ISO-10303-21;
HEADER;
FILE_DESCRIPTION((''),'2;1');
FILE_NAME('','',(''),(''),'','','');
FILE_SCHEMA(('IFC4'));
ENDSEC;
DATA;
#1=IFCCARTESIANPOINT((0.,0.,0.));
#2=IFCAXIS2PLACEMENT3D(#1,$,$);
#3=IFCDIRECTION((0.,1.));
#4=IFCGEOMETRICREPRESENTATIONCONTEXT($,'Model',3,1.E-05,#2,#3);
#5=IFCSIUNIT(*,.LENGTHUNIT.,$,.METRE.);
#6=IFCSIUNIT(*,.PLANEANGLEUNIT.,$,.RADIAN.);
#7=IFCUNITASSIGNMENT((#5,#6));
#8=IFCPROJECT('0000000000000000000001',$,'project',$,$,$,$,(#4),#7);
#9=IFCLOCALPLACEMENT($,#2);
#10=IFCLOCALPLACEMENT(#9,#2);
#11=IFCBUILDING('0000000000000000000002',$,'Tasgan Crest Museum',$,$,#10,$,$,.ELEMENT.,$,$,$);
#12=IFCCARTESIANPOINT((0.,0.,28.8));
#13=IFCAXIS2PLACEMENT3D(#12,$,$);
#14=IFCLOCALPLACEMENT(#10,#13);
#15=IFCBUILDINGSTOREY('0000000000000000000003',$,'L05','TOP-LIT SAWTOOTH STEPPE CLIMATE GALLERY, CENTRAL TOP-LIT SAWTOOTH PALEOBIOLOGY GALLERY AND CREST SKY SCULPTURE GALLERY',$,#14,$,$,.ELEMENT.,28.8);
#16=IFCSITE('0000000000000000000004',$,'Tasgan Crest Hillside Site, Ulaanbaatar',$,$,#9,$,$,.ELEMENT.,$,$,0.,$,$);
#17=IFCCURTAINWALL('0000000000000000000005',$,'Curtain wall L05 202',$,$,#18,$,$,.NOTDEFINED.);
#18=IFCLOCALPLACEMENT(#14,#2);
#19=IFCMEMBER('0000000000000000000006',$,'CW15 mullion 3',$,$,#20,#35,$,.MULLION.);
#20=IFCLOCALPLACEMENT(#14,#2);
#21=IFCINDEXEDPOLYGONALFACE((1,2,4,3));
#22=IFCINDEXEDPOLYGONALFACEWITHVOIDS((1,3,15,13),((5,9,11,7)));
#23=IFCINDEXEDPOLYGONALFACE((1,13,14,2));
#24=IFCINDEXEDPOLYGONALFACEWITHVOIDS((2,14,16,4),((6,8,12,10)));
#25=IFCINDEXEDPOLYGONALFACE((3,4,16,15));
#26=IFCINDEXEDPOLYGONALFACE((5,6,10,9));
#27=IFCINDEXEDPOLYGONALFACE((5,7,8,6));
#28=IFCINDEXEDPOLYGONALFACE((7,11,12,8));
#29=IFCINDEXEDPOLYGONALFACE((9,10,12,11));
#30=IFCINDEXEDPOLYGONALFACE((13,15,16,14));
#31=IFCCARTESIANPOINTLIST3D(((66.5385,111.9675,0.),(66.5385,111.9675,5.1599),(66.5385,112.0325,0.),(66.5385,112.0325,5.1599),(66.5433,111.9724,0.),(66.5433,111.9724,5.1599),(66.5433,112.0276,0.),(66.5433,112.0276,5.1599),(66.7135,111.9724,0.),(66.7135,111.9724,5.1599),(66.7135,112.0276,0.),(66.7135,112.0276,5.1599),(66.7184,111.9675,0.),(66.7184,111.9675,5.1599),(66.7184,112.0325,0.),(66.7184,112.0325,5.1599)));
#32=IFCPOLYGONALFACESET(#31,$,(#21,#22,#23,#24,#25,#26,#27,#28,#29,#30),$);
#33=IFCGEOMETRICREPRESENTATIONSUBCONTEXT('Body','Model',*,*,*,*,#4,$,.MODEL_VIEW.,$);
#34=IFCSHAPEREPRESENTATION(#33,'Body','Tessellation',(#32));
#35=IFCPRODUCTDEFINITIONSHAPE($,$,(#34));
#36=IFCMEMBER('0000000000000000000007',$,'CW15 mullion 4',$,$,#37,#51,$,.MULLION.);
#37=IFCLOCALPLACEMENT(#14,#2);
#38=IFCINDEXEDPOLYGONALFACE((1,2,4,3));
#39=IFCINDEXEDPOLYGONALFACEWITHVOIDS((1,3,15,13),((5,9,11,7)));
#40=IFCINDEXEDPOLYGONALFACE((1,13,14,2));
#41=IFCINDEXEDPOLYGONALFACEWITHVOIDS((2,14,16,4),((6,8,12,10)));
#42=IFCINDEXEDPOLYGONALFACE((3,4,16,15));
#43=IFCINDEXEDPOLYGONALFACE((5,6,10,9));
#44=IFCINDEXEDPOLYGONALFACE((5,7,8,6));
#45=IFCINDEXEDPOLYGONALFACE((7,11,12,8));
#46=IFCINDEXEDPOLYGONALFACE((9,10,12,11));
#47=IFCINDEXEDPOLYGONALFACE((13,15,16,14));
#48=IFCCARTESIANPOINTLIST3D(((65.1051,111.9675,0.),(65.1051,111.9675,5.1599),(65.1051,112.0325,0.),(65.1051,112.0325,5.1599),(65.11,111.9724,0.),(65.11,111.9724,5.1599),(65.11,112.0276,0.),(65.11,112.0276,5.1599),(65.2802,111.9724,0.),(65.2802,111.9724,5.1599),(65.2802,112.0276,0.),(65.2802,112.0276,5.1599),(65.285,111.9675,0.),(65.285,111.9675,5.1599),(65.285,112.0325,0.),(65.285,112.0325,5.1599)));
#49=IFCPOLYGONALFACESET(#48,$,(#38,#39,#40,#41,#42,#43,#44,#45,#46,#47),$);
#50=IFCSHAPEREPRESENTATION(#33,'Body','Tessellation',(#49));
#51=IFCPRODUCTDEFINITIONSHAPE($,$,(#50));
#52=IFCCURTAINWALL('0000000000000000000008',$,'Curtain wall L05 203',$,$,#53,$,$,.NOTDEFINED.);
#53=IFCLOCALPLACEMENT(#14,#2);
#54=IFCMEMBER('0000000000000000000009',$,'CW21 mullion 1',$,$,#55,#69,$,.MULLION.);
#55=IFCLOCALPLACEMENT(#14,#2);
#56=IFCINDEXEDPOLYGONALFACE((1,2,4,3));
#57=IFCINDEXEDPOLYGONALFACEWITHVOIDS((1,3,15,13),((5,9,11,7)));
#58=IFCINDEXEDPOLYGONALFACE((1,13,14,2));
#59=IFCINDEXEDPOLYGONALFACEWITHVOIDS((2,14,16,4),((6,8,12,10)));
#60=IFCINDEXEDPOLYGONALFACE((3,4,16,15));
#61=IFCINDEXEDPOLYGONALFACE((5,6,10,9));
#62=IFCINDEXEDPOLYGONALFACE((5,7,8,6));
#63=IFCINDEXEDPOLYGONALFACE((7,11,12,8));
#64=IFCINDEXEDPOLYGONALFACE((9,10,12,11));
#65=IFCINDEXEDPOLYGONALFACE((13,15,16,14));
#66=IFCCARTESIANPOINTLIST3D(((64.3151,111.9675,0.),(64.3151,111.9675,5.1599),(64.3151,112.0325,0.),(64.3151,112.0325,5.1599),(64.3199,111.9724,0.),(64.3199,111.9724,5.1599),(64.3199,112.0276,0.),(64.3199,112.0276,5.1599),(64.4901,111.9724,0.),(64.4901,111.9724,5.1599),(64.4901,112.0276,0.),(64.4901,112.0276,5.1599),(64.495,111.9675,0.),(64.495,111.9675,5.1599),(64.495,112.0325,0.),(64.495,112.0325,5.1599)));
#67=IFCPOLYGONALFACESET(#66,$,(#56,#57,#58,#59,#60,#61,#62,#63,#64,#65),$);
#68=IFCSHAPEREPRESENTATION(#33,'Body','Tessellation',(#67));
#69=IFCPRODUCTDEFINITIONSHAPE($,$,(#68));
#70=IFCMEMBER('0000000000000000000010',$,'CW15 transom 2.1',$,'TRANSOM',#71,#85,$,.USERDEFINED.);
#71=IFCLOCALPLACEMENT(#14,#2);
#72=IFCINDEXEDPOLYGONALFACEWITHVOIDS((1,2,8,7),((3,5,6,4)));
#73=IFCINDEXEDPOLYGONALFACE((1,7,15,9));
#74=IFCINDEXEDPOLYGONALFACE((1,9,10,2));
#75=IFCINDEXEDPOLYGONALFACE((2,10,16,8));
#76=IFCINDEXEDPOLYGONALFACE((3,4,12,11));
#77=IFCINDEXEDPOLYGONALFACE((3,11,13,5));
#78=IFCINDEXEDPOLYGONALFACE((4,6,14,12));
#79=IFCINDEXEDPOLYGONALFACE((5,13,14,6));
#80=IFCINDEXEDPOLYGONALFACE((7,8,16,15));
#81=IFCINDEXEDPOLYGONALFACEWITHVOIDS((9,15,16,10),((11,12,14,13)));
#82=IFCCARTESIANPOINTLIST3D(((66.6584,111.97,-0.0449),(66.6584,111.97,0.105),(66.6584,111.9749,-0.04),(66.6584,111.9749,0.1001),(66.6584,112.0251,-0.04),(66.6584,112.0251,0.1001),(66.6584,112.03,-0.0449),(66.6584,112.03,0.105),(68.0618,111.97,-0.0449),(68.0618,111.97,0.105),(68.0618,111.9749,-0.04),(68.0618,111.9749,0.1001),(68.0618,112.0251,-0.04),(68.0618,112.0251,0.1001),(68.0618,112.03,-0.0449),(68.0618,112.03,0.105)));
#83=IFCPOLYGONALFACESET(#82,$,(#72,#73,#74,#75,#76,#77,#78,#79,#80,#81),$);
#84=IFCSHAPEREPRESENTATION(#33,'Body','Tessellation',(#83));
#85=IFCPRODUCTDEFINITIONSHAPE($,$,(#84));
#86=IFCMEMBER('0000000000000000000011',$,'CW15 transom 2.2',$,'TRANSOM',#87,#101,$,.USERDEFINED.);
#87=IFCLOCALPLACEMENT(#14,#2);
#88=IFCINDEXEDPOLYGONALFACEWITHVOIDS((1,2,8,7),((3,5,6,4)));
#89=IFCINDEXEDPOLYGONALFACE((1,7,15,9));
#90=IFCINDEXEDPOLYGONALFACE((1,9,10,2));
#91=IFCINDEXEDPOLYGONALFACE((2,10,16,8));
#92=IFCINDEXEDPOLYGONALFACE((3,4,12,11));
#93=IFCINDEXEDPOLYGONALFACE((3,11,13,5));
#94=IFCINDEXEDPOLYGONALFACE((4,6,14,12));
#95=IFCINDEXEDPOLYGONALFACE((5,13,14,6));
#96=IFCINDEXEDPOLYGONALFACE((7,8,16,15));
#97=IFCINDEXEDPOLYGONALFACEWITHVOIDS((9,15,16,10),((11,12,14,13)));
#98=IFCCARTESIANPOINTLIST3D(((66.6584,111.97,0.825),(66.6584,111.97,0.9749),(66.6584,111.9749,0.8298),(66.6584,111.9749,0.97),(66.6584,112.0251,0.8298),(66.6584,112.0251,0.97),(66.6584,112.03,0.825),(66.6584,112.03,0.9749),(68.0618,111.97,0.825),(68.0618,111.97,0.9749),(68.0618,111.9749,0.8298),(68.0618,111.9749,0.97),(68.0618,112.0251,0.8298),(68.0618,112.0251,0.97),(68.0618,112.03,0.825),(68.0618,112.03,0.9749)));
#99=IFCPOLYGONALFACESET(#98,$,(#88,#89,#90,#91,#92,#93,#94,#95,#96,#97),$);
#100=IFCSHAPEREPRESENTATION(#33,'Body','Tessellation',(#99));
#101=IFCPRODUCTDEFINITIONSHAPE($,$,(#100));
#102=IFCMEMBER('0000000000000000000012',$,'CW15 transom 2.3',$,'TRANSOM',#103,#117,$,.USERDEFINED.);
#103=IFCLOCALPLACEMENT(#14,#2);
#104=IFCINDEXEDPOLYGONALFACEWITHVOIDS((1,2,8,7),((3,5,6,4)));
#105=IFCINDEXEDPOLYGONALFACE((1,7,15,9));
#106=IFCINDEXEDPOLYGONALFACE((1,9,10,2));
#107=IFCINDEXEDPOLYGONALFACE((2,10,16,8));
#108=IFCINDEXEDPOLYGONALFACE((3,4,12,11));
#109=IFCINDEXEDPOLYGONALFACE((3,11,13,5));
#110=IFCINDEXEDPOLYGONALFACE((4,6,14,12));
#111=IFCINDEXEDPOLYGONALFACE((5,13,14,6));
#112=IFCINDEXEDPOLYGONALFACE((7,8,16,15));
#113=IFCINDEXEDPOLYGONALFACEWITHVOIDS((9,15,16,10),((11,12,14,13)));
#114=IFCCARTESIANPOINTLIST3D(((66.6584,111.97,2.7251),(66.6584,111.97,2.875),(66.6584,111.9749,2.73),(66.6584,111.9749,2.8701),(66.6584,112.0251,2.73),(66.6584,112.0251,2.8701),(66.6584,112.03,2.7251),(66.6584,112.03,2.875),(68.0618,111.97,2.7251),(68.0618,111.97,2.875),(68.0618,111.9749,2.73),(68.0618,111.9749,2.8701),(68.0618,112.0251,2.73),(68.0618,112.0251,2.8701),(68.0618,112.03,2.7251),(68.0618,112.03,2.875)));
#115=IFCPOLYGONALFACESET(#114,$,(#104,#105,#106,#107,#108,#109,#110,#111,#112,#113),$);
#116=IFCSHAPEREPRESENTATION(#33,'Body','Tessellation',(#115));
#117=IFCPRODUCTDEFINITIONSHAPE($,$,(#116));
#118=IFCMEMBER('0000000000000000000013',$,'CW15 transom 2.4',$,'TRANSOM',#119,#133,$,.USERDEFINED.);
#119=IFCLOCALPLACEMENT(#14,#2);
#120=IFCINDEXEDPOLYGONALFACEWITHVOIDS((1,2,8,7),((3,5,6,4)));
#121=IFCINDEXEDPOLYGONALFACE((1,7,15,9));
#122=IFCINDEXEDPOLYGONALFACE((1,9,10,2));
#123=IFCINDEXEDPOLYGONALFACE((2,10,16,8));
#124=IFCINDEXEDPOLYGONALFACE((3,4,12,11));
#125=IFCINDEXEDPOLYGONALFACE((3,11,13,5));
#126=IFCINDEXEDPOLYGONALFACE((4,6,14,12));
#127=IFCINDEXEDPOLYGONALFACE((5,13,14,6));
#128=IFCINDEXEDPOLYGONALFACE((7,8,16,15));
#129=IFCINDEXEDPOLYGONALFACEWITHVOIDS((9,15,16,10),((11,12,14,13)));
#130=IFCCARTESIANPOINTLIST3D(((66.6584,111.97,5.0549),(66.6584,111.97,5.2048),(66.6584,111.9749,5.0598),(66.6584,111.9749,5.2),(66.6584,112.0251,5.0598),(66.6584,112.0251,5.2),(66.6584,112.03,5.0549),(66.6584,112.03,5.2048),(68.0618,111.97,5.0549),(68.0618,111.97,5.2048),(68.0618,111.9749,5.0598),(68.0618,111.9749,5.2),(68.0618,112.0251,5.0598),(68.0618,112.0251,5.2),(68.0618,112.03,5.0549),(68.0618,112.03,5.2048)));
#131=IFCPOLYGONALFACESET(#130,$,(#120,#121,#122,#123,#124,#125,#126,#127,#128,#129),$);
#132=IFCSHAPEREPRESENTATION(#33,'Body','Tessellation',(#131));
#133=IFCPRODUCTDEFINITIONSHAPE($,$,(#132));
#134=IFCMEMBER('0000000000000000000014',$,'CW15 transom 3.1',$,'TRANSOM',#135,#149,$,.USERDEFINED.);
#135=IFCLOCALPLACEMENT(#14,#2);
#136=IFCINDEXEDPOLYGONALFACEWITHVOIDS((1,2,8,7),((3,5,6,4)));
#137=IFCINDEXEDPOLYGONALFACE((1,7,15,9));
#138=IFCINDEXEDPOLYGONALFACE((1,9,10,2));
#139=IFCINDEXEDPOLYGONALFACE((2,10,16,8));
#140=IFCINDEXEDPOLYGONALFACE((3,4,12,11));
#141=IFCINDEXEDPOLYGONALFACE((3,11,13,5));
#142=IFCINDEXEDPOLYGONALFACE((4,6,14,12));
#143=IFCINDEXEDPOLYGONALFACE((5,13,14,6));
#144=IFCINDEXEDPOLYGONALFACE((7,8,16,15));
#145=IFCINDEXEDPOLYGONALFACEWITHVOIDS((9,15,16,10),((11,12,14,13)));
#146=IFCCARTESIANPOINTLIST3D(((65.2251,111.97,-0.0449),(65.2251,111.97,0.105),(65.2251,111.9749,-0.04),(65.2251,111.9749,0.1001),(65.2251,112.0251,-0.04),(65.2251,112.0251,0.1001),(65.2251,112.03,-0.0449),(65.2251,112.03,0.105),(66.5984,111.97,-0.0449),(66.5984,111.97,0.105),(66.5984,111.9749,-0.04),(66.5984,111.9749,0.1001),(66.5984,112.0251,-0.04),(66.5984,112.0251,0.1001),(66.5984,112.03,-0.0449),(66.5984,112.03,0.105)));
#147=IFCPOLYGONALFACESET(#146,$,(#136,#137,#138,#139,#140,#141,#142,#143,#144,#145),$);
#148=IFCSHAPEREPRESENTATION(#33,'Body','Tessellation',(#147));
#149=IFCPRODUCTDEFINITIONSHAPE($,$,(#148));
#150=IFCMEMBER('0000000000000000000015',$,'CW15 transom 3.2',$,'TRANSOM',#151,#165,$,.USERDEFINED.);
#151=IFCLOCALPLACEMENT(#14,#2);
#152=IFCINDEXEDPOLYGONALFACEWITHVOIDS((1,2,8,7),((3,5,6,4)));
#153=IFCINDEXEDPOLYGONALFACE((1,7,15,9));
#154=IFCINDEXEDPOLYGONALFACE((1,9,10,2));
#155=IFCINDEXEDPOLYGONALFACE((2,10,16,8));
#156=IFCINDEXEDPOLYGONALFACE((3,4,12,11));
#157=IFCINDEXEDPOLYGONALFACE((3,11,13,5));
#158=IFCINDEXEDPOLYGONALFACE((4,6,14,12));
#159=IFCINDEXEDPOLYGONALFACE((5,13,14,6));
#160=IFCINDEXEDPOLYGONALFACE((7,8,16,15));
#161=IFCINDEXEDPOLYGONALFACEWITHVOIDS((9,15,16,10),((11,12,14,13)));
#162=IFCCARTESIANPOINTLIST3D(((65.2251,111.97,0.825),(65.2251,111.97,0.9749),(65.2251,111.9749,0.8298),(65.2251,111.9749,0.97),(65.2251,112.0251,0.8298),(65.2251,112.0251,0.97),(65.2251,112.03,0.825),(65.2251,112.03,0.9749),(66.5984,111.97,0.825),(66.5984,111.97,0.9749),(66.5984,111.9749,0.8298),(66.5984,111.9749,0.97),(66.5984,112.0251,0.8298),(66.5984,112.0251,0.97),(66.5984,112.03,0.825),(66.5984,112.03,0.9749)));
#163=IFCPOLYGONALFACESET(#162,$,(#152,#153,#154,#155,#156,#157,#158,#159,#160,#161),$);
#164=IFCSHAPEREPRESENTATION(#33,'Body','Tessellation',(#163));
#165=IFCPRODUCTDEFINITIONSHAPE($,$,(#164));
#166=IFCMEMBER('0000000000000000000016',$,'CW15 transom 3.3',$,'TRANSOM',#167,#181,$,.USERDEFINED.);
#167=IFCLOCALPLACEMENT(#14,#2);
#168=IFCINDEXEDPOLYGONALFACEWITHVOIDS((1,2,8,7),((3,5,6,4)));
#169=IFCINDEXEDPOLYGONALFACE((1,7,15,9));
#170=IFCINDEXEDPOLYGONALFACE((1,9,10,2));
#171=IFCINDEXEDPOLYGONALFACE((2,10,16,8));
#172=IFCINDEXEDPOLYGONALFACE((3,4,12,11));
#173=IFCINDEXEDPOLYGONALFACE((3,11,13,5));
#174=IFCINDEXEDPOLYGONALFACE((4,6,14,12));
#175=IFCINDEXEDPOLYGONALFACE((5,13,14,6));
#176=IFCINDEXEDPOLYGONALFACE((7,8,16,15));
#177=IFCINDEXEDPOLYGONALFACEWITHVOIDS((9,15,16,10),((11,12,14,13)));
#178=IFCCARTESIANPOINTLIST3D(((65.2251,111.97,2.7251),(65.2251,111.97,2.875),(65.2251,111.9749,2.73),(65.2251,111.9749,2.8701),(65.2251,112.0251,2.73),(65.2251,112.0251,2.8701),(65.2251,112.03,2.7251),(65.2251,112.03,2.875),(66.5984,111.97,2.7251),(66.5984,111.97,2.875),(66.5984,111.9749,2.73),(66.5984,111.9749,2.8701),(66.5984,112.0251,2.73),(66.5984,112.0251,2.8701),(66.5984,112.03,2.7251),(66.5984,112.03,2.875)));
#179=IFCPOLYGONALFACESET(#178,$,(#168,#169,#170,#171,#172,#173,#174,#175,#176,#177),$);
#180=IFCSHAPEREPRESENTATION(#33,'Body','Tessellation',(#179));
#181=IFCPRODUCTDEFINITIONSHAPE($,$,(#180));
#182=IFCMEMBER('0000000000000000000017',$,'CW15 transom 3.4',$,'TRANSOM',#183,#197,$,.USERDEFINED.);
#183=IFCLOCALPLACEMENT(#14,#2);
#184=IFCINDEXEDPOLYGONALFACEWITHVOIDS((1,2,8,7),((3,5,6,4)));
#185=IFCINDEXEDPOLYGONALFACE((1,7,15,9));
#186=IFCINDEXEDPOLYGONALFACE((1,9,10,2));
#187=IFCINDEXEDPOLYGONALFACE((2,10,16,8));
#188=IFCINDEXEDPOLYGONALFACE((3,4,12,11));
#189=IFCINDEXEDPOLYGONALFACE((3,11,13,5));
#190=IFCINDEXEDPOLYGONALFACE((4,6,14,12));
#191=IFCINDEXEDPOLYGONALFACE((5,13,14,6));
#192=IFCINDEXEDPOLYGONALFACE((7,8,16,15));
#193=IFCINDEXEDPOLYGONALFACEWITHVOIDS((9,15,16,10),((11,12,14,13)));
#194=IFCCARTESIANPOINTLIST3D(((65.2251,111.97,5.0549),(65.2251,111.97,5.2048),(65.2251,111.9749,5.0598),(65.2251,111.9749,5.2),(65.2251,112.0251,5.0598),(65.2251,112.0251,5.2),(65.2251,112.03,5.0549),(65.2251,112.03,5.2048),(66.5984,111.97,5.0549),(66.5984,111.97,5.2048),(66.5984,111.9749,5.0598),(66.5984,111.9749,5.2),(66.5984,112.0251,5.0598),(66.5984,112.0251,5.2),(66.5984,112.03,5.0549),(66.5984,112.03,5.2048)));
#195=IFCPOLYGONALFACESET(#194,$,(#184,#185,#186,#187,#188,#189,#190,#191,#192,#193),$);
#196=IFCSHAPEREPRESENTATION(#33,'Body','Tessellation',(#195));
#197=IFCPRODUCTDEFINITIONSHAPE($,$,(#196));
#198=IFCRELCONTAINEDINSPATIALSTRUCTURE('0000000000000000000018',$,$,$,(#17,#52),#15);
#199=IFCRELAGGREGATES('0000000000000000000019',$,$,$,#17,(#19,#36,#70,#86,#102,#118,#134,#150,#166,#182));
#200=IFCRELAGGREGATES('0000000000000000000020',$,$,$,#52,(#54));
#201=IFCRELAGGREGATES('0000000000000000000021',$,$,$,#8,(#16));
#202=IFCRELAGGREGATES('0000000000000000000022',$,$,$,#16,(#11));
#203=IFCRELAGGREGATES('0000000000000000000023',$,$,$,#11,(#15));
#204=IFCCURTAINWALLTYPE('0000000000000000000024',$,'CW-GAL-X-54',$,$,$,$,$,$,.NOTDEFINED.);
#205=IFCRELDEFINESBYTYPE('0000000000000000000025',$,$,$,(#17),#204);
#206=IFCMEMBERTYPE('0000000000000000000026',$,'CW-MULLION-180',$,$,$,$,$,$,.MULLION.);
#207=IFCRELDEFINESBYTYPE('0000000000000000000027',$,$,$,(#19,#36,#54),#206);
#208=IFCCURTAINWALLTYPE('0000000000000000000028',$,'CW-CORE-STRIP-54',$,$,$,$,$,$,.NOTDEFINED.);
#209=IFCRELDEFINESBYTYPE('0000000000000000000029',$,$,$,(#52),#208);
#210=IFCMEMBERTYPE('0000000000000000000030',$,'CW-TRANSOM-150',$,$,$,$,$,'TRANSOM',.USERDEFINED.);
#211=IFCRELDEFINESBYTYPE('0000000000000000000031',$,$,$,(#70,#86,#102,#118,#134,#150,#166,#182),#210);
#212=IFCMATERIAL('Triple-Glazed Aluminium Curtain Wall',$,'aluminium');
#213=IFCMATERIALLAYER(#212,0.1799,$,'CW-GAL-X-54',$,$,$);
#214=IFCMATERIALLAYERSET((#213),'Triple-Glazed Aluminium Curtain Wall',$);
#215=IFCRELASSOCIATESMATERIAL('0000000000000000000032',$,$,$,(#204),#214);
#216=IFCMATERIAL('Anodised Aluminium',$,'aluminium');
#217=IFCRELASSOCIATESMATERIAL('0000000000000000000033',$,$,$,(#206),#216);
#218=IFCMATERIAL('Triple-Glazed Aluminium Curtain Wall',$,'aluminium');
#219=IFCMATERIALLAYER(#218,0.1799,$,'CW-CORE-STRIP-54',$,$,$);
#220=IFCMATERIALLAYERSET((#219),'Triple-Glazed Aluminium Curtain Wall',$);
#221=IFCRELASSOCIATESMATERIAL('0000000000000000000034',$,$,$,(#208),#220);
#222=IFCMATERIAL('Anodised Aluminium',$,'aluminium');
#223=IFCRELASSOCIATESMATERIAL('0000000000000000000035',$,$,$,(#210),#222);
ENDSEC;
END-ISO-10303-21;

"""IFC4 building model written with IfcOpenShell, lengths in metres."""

from ifc_helpers import new_model, si_unit, direction, frame, origin, origin_2d, place, context, subcontext, project, spatial, hollow_rectangle, extrude, material, layer, layer_set, material_profile, profile_set, type_object, element, aggregate, save


model = new_model("IFC4")

# Units and contexts
model_context = context("Model", 3, precision=1e-05, world=origin(), true_north=direction((0.0, 1.0)))
body_context = subcontext(model_context, "Body", "Model", "MODEL_VIEW")
ifc_project = project(units=[si_unit("LENGTHUNIT", "METRE"), si_unit("PLANEANGLEUNIT", "RADIAN")], contexts=[model_context])

# Site, building, storey
site_placement = place(None, origin())
site = spatial("IfcSite", under=ifc_project, at=site_placement, Name="Tasgan Crest Hillside Site, Ulaanbaatar", CompositionType="ELEMENT", RefElevation=0.0)
building_placement = place(site_placement, origin())
building = spatial("IfcBuilding", under=site, at=building_placement, Name="Tasgan Crest Museum", CompositionType="ELEMENT")
storey_placement = place(building_placement, frame((0.0, 0.0, 28.8)))
storey = spatial("IfcBuildingStorey", under=building, at=storey_placement, Name="L05", Description="TOP-LIT SAWTOOTH STEPPE CLIMATE GALLERY, CENTRAL TOP-LIT SAWTOOTH PALEOBIOLOGY GALLERY AND CREST SKY SCULPTURE GALLERY", CompositionType="ELEMENT", Elevation=28.8)

# Curtain wall, members
ifc_material_1 = material(Name="Triple-Glazed Aluminium Curtain Wall", Category="aluminium")
ifc_layer_1 = layer(ifc_material_1, 0.1799, Name="CW-GAL-X-54")
ifc_layer_set_1 = layer_set([ifc_layer_1], Name="Triple-Glazed Aluminium Curtain Wall")
curtain_wall_type_1 = type_object("IfcCurtainWallType", Name="CW-GAL-X-54", PredefinedType="NOTDEFINED", material=ifc_layer_set_1)
curtain_wall_1_placement = place(storey_placement, origin())
curtain_wall_1 = element("IfcCurtainWall", 1, at=curtain_wall_1_placement, inside=storey, type_object=curtain_wall_type_1, Name="Curtain wall L05 202", PredefinedType="NOTDEFINED")
ifc_material_2 = material(Name="Anodised Aluminium", Category="aluminium")
ifc_material_profile_1 = material_profile(ifc_material_2, hollow_rectangle(XDim=0.0649, YDim=0.1799, WallThickness=0.0049, at=origin_2d()), Name="ALU MULLION 180x65x5")
ifc_profile_set_1 = profile_set([ifc_material_profile_1], Name="Anodised Aluminium")
member_type_1 = type_object("IfcMemberType", Name="CW-MULLION-180", PredefinedType="MULLION", material=ifc_profile_set_1)
member_1_placement = place(storey_placement, frame((66.6284, 112.0, 0.0), z_axis=(0.0, 0.0, 1.0), x_axis=(0.0, -1.0, 0.0)))
member_1 = element("IfcMember", 2, at=member_1_placement, type_object=member_type_1, Name="CW15 mullion 3", PredefinedType="MULLION", context=body_context, shape_type="SweptSolid", body=[
    extrude(hollow_rectangle(XDim=0.0649, YDim=0.1799, WallThickness=0.0049, at=origin_2d()), origin(), (0.0, 0.0, 1.0), 5.1599),
])
member_2_placement = place(storey_placement, frame((65.1951, 112.0, 0.0), z_axis=(0.0, 0.0, 1.0), x_axis=(0.0, -1.0, 0.0)))
member_2 = element("IfcMember", 3, at=member_2_placement, type_object=member_type_1, Name="CW15 mullion 4", PredefinedType="MULLION", context=body_context, shape_type="SweptSolid", body=[
    extrude(hollow_rectangle(XDim=0.0649, YDim=0.1799, WallThickness=0.0049, at=origin_2d()), origin(), (0.0, 0.0, 1.0), 5.1599),
])

# Curtain wall, member
ifc_material_3 = material(Name="Triple-Glazed Aluminium Curtain Wall", Category="aluminium")
ifc_layer_2 = layer(ifc_material_3, 0.1799, Name="CW-CORE-STRIP-54")
ifc_layer_set_2 = layer_set([ifc_layer_2], Name="Triple-Glazed Aluminium Curtain Wall")
curtain_wall_type_2 = type_object("IfcCurtainWallType", Name="CW-CORE-STRIP-54", PredefinedType="NOTDEFINED", material=ifc_layer_set_2)
curtain_wall_2_placement = place(storey_placement, origin())
curtain_wall_2 = element("IfcCurtainWall", 4, at=curtain_wall_2_placement, inside=storey, type_object=curtain_wall_type_2, Name="Curtain wall L05 203", PredefinedType="NOTDEFINED")
member_3_placement = place(storey_placement, frame((64.405, 112.0, 0.0), z_axis=(0.0, 0.0, 1.0), x_axis=(0.0, -1.0, 0.0)))
member_3 = element("IfcMember", 5, at=member_3_placement, type_object=member_type_1, Name="CW21 mullion 1", PredefinedType="MULLION", context=body_context, shape_type="SweptSolid", body=[
    extrude(hollow_rectangle(XDim=0.0649, YDim=0.1799, WallThickness=0.0049, at=origin_2d()), origin(), (0.0, 0.0, 1.0), 5.1599),
])

# Members
ifc_material_4 = material(Name="Anodised Aluminium", Category="aluminium")
ifc_material_profile_2 = material_profile(ifc_material_4, hollow_rectangle(XDim=0.0601, YDim=0.1499, WallThickness=0.0049, at=origin_2d()), Name="ALU TRANSOM 150x60x5")
ifc_profile_set_2 = profile_set([ifc_material_profile_2], Name="Anodised Aluminium")
member_type_2 = type_object("IfcMemberType", Name="CW-TRANSOM-150", ElementType="TRANSOM", PredefinedType="USERDEFINED", material=ifc_profile_set_2)
member_4_placement = place(storey_placement, frame((68.0618, 112.0, 0.03), z_axis=(-1.0, 0.0, 0.0), x_axis=(0.0, -1.0, 0.0)))
member_4 = element("IfcMember", 6, at=member_4_placement, type_object=member_type_2, Name="CW15 transom 2.1", ObjectType="TRANSOM", PredefinedType="USERDEFINED", context=body_context, shape_type="SweptSolid", body=[
    extrude(hollow_rectangle(XDim=0.0601, YDim=0.1499, WallThickness=0.0049, at=origin_2d()), origin(), (0.0, 0.0, 1.0), 1.4033),
])
member_5_placement = place(storey_placement, frame((68.0618, 112.0, 0.8999), z_axis=(-1.0, 0.0, 0.0), x_axis=(0.0, -1.0, 0.0)))
member_5 = element("IfcMember", 7, at=member_5_placement, type_object=member_type_2, Name="CW15 transom 2.2", ObjectType="TRANSOM", PredefinedType="USERDEFINED", context=body_context, shape_type="SweptSolid", body=[
    extrude(hollow_rectangle(XDim=0.0601, YDim=0.1499, WallThickness=0.0049, at=origin_2d()), origin(), (0.0, 0.0, 1.0), 1.4033),
])
member_6_placement = place(storey_placement, frame((68.0618, 112.0, 2.8), z_axis=(-1.0, 0.0, 0.0), x_axis=(0.0, -1.0, 0.0)))
member_6 = element("IfcMember", 8, at=member_6_placement, type_object=member_type_2, Name="CW15 transom 2.3", ObjectType="TRANSOM", PredefinedType="USERDEFINED", context=body_context, shape_type="SweptSolid", body=[
    extrude(hollow_rectangle(XDim=0.0601, YDim=0.1499, WallThickness=0.0049, at=origin_2d()), origin(), (0.0, 0.0, 1.0), 1.4033),
])
member_7_placement = place(storey_placement, frame((68.0618, 112.0, 5.1299), z_axis=(-1.0, 0.0, 0.0), x_axis=(0.0, -1.0, 0.0)))
member_7 = element("IfcMember", 9, at=member_7_placement, type_object=member_type_2, Name="CW15 transom 2.4", ObjectType="TRANSOM", PredefinedType="USERDEFINED", context=body_context, shape_type="SweptSolid", body=[
    extrude(hollow_rectangle(XDim=0.0601, YDim=0.1499, WallThickness=0.0049, at=origin_2d()), origin(), (0.0, 0.0, 1.0), 1.4033),
])
member_8_placement = place(storey_placement, frame((66.5984, 112.0, 0.03), z_axis=(-1.0, 0.0, 0.0), x_axis=(0.0, -1.0, 0.0)))
member_8 = element("IfcMember", 10, at=member_8_placement, type_object=member_type_2, Name="CW15 transom 3.1", ObjectType="TRANSOM", PredefinedType="USERDEFINED", context=body_context, shape_type="SweptSolid", body=[
    extrude(hollow_rectangle(XDim=0.0601, YDim=0.1499, WallThickness=0.0049, at=origin_2d()), origin(), (0.0, 0.0, 1.0), 1.3733),
])
member_9_placement = place(storey_placement, frame((66.5984, 112.0, 0.8999), z_axis=(-1.0, 0.0, 0.0), x_axis=(0.0, -1.0, 0.0)))
member_9 = element("IfcMember", 11, at=member_9_placement, type_object=member_type_2, Name="CW15 transom 3.2", ObjectType="TRANSOM", PredefinedType="USERDEFINED", context=body_context, shape_type="SweptSolid", body=[
    extrude(hollow_rectangle(XDim=0.0601, YDim=0.1499, WallThickness=0.0049, at=origin_2d()), origin(), (0.0, 0.0, 1.0), 1.3733),
])
member_10_placement = place(storey_placement, frame((66.5984, 112.0, 2.8), z_axis=(-1.0, 0.0, 0.0), x_axis=(0.0, -1.0, 0.0)))
member_10 = element("IfcMember", 12, at=member_10_placement, type_object=member_type_2, Name="CW15 transom 3.3", ObjectType="TRANSOM", PredefinedType="USERDEFINED", context=body_context, shape_type="SweptSolid", body=[
    extrude(hollow_rectangle(XDim=0.0601, YDim=0.1499, WallThickness=0.0049, at=origin_2d()), origin(), (0.0, 0.0, 1.0), 1.3733),
])
member_11_placement = place(storey_placement, frame((66.5984, 112.0, 5.1299), z_axis=(-1.0, 0.0, 0.0), x_axis=(0.0, -1.0, 0.0)))
member_11 = element("IfcMember", 13, at=member_11_placement, type_object=member_type_2, Name="CW15 transom 3.4", ObjectType="TRANSOM", PredefinedType="USERDEFINED", context=body_context, shape_type="SweptSolid", body=[
    extrude(hollow_rectangle(XDim=0.0601, YDim=0.1499, WallThickness=0.0049, at=origin_2d()), origin(), (0.0, 0.0, 1.0), 1.3733),
])

aggregate(curtain_wall_1, [member_1, member_2, member_4, member_5, member_6, member_7, member_8, member_9, member_10, member_11])
aggregate(curtain_wall_2, [member_3])

save(model, "model.ifc")
